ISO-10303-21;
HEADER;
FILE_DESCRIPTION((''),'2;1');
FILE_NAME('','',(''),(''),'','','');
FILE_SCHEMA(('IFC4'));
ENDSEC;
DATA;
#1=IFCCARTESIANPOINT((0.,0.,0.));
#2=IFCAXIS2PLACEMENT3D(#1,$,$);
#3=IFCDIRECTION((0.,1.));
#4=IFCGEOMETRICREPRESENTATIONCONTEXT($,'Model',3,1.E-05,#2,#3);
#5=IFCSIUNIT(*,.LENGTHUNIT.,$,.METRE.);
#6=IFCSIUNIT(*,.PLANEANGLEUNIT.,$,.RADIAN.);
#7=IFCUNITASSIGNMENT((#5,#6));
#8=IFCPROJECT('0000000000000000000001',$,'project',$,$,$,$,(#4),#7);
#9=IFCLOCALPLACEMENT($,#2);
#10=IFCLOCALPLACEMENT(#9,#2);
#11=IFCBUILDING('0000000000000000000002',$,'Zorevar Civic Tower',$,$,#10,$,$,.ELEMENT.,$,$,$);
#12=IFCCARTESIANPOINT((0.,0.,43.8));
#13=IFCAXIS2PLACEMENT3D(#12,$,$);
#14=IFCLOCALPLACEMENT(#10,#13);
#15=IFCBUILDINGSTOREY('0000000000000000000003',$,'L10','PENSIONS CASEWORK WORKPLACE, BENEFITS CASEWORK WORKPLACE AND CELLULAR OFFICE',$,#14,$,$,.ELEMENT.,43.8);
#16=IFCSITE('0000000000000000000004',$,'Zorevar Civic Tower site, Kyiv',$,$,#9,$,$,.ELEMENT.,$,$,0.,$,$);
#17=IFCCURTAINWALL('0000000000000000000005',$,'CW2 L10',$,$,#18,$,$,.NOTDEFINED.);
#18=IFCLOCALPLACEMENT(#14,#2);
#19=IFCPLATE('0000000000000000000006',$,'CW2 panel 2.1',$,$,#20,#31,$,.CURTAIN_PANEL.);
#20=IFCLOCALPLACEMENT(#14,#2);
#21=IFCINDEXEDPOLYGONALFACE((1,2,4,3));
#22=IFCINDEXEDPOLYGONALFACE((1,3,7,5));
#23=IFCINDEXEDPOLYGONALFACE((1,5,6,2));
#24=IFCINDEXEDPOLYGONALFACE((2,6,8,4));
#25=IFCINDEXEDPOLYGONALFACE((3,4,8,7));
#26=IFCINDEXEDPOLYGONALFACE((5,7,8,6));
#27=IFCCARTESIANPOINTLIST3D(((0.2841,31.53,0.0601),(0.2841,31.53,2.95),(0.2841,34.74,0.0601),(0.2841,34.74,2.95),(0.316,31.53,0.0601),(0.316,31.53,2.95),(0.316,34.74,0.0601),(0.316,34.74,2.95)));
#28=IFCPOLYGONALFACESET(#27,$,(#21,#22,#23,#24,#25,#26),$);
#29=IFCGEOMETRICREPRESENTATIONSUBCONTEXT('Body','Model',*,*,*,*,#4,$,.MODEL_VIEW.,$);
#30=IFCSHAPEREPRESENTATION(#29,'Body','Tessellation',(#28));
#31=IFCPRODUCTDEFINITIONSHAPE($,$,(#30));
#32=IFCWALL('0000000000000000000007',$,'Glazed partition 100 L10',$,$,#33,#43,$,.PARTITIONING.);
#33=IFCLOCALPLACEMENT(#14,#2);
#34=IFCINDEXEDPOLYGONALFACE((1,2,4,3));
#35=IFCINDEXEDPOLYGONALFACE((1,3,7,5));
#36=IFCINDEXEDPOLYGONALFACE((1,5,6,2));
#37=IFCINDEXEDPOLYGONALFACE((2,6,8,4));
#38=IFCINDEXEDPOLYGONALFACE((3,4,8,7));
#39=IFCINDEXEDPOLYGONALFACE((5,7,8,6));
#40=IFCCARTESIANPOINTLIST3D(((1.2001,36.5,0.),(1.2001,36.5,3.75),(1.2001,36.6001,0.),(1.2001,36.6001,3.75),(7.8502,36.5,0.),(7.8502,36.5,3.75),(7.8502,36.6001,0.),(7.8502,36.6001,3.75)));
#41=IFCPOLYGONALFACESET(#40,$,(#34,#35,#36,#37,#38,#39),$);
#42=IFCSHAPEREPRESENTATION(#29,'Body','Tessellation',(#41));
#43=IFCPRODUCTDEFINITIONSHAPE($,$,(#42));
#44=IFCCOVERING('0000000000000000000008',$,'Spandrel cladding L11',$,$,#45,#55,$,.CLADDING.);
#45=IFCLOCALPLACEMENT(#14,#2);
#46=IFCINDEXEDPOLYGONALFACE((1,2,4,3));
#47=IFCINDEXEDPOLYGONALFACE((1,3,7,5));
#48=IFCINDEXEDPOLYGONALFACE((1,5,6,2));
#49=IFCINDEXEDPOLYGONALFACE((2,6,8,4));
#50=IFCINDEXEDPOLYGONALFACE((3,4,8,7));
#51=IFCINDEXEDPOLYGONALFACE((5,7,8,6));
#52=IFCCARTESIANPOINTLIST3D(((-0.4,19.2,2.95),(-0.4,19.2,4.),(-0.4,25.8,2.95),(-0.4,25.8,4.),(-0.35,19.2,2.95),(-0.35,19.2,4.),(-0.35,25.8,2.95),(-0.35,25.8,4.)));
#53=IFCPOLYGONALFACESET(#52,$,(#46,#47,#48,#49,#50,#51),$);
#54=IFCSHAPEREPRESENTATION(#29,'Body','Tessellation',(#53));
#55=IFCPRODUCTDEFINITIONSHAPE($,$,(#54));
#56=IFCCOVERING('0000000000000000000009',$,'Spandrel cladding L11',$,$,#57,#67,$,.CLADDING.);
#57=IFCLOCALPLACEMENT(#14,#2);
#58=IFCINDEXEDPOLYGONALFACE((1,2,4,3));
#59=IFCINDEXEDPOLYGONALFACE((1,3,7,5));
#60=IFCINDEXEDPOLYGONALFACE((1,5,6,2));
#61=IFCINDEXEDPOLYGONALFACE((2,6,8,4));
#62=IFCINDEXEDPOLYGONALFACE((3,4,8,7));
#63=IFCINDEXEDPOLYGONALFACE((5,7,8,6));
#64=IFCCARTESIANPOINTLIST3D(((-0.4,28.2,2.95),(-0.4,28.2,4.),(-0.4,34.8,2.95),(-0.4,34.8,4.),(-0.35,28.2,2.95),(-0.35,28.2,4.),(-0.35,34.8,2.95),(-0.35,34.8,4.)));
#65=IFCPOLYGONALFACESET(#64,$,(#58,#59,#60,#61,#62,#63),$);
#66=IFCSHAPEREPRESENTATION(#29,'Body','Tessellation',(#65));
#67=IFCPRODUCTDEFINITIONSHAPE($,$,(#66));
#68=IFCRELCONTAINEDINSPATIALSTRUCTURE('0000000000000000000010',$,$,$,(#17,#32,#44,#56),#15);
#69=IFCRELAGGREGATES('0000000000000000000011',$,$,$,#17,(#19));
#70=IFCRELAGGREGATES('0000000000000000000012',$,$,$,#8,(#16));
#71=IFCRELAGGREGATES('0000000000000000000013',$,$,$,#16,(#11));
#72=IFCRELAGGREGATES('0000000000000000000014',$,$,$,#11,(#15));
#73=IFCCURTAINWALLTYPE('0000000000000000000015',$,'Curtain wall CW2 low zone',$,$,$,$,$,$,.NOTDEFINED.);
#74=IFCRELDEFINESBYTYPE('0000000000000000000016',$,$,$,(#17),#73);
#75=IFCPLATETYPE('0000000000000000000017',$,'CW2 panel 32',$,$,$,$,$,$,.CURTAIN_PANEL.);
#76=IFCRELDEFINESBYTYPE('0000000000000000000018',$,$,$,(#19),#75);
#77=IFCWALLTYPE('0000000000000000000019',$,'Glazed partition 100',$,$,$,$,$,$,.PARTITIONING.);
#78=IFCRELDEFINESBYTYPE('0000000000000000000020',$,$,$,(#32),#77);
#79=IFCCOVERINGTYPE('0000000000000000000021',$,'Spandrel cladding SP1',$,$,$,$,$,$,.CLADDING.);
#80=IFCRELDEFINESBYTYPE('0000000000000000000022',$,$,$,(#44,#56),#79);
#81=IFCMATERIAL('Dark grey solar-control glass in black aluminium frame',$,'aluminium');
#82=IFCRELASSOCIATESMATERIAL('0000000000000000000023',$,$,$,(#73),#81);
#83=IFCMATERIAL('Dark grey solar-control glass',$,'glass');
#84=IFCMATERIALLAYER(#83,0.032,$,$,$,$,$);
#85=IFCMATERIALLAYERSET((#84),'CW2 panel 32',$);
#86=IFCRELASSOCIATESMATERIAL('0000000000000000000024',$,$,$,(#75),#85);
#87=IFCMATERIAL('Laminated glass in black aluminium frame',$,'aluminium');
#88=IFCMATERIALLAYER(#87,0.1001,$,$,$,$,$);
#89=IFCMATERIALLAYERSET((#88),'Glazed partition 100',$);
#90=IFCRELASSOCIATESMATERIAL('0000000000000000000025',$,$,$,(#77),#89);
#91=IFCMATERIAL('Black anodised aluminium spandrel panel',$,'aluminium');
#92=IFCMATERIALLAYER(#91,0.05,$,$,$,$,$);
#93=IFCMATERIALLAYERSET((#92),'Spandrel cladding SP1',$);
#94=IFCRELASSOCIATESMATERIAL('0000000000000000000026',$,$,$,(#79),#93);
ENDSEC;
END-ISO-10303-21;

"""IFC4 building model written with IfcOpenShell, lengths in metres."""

from ifc_helpers import new_model, si_unit, direction, frame, frame_2d, origin, origin_2d, place, context, subcontext, project, spatial, rectangle, extrude, material, layer, layer_set, type_object, element, aggregate, save


model = new_model("IFC4")

# Units and contexts
model_context = context("Model", 3, precision=1e-05, world=origin(), true_north=direction((0.0, 1.0)))
body_context = subcontext(model_context, "Body", "Model", "MODEL_VIEW")
ifc_project = project(units=[si_unit("LENGTHUNIT", "METRE"), si_unit("PLANEANGLEUNIT", "RADIAN")], contexts=[model_context])

# Site, building, storey
site_placement = place(None, origin())
site = spatial("IfcSite", under=ifc_project, at=site_placement, Name="Zorevar Civic Tower site, Kyiv", CompositionType="ELEMENT", RefElevation=0.0)
building_placement = place(site_placement, origin())
building = spatial("IfcBuilding", under=site, at=building_placement, Name="Zorevar Civic Tower", CompositionType="ELEMENT")
storey_placement = place(building_placement, frame((0.0, 0.0, 43.8)))
storey = spatial("IfcBuildingStorey", under=building, at=storey_placement, Name="L10", Description="PENSIONS CASEWORK WORKPLACE, BENEFITS CASEWORK WORKPLACE AND CELLULAR OFFICE", CompositionType="ELEMENT", Elevation=43.8)

# Curtain wall
ifc_material_1 = material(Name="Dark grey solar-control glass in black aluminium frame", Category="aluminium")
curtain_wall_type = type_object("IfcCurtainWallType", Name="Curtain wall CW2 low zone", PredefinedType="NOTDEFINED", material=ifc_material_1)
curtain_wall_1_placement = place(storey_placement, origin())
curtain_wall_1 = element("IfcCurtainWall", 1, at=curtain_wall_1_placement, inside=storey, type_object=curtain_wall_type, Name="CW2 L10", PredefinedType="NOTDEFINED")

# Plate
ifc_material_2 = material(Name="Dark grey solar-control glass", Category="glass")
ifc_layer_1 = layer(ifc_material_2, 0.032)
ifc_layer_set_1 = layer_set([ifc_layer_1], Name="CW2 panel 32")
plate_type = type_object("IfcPlateType", Name="CW2 panel 32", PredefinedType="CURTAIN_PANEL", material=ifc_layer_set_1)
plate_1_placement = place(storey_placement, frame((0.3, 33.135, 0.0601), z_axis=(0.0, 0.0, 1.0), x_axis=(0.0, 1.0, 0.0)))
plate_1 = element("IfcPlate", 2, at=plate_1_placement, type_object=plate_type, Name="CW2 panel 2.1", PredefinedType="CURTAIN_PANEL", context=body_context, shape_type="SweptSolid", body=[
    extrude(rectangle(XDim=3.21, YDim=0.032, at=origin_2d()), origin(), (0.0, 0.0, 1.0), 2.8899),
])
aggregate(curtain_wall_1, [plate_1])

# Wall
ifc_material_3 = material(Name="Laminated glass in black aluminium frame", Category="aluminium")
ifc_layer_2 = layer(ifc_material_3, 0.1001)
ifc_layer_set_2 = layer_set([ifc_layer_2], Name="Glazed partition 100")
wall_type = type_object("IfcWallType", Name="Glazed partition 100", PredefinedType="PARTITIONING", material=ifc_layer_set_2)
wall_placement = place(storey_placement, frame((1.2, 36.55, 0.0), z_axis=(0.0, 0.0, 1.0), x_axis=(1.0, 0.0, 0.0)))
element("IfcWall", 3, at=wall_placement, inside=storey, type_object=wall_type, Name="Glazed partition 100 L10", PredefinedType="PARTITIONING", context=body_context, shape_type="SweptSolid", body=[
    extrude(rectangle(XDim=6.6501, YDim=0.1001, at=frame_2d((3.3252, 0.0))), origin(), (0.0, 0.0, 1.0), 3.75),
])

# Coverings
ifc_material_4 = material(Name="Black anodised aluminium spandrel panel", Category="aluminium")
ifc_layer_3 = layer(ifc_material_4, 0.05)
ifc_layer_set_3 = layer_set([ifc_layer_3], Name="Spandrel cladding SP1")
covering_type = type_object("IfcCoveringType", Name="Spandrel cladding SP1", PredefinedType="CLADDING", material=ifc_layer_set_3)
for number, where, z_axis, x_axis, name in (
    (4, (-0.375, 19.2, 2.95), (0.0, 0.0, 1.0), (0.0, 1.0, 0.0), "Spandrel cladding L11"),
    (5, (-0.375, 28.2, 2.95), (0.0, 0.0, 1.0), (0.0, 1.0, 0.0), "Spandrel cladding L11"),
):
    element("IfcCovering", number, at=place(storey_placement, frame(where, z_axis=z_axis, x_axis=x_axis)), inside=storey, type_object=covering_type, Name=name, PredefinedType="CLADDING", context=body_context, shape_type="SweptSolid", body=[
        extrude(rectangle(XDim=6.6001, YDim=0.05, at=frame_2d((3.3, 0.0))), origin(), (0.0, 0.0, 1.0), 1.05),
    ])

save(model, "model.ifc")
